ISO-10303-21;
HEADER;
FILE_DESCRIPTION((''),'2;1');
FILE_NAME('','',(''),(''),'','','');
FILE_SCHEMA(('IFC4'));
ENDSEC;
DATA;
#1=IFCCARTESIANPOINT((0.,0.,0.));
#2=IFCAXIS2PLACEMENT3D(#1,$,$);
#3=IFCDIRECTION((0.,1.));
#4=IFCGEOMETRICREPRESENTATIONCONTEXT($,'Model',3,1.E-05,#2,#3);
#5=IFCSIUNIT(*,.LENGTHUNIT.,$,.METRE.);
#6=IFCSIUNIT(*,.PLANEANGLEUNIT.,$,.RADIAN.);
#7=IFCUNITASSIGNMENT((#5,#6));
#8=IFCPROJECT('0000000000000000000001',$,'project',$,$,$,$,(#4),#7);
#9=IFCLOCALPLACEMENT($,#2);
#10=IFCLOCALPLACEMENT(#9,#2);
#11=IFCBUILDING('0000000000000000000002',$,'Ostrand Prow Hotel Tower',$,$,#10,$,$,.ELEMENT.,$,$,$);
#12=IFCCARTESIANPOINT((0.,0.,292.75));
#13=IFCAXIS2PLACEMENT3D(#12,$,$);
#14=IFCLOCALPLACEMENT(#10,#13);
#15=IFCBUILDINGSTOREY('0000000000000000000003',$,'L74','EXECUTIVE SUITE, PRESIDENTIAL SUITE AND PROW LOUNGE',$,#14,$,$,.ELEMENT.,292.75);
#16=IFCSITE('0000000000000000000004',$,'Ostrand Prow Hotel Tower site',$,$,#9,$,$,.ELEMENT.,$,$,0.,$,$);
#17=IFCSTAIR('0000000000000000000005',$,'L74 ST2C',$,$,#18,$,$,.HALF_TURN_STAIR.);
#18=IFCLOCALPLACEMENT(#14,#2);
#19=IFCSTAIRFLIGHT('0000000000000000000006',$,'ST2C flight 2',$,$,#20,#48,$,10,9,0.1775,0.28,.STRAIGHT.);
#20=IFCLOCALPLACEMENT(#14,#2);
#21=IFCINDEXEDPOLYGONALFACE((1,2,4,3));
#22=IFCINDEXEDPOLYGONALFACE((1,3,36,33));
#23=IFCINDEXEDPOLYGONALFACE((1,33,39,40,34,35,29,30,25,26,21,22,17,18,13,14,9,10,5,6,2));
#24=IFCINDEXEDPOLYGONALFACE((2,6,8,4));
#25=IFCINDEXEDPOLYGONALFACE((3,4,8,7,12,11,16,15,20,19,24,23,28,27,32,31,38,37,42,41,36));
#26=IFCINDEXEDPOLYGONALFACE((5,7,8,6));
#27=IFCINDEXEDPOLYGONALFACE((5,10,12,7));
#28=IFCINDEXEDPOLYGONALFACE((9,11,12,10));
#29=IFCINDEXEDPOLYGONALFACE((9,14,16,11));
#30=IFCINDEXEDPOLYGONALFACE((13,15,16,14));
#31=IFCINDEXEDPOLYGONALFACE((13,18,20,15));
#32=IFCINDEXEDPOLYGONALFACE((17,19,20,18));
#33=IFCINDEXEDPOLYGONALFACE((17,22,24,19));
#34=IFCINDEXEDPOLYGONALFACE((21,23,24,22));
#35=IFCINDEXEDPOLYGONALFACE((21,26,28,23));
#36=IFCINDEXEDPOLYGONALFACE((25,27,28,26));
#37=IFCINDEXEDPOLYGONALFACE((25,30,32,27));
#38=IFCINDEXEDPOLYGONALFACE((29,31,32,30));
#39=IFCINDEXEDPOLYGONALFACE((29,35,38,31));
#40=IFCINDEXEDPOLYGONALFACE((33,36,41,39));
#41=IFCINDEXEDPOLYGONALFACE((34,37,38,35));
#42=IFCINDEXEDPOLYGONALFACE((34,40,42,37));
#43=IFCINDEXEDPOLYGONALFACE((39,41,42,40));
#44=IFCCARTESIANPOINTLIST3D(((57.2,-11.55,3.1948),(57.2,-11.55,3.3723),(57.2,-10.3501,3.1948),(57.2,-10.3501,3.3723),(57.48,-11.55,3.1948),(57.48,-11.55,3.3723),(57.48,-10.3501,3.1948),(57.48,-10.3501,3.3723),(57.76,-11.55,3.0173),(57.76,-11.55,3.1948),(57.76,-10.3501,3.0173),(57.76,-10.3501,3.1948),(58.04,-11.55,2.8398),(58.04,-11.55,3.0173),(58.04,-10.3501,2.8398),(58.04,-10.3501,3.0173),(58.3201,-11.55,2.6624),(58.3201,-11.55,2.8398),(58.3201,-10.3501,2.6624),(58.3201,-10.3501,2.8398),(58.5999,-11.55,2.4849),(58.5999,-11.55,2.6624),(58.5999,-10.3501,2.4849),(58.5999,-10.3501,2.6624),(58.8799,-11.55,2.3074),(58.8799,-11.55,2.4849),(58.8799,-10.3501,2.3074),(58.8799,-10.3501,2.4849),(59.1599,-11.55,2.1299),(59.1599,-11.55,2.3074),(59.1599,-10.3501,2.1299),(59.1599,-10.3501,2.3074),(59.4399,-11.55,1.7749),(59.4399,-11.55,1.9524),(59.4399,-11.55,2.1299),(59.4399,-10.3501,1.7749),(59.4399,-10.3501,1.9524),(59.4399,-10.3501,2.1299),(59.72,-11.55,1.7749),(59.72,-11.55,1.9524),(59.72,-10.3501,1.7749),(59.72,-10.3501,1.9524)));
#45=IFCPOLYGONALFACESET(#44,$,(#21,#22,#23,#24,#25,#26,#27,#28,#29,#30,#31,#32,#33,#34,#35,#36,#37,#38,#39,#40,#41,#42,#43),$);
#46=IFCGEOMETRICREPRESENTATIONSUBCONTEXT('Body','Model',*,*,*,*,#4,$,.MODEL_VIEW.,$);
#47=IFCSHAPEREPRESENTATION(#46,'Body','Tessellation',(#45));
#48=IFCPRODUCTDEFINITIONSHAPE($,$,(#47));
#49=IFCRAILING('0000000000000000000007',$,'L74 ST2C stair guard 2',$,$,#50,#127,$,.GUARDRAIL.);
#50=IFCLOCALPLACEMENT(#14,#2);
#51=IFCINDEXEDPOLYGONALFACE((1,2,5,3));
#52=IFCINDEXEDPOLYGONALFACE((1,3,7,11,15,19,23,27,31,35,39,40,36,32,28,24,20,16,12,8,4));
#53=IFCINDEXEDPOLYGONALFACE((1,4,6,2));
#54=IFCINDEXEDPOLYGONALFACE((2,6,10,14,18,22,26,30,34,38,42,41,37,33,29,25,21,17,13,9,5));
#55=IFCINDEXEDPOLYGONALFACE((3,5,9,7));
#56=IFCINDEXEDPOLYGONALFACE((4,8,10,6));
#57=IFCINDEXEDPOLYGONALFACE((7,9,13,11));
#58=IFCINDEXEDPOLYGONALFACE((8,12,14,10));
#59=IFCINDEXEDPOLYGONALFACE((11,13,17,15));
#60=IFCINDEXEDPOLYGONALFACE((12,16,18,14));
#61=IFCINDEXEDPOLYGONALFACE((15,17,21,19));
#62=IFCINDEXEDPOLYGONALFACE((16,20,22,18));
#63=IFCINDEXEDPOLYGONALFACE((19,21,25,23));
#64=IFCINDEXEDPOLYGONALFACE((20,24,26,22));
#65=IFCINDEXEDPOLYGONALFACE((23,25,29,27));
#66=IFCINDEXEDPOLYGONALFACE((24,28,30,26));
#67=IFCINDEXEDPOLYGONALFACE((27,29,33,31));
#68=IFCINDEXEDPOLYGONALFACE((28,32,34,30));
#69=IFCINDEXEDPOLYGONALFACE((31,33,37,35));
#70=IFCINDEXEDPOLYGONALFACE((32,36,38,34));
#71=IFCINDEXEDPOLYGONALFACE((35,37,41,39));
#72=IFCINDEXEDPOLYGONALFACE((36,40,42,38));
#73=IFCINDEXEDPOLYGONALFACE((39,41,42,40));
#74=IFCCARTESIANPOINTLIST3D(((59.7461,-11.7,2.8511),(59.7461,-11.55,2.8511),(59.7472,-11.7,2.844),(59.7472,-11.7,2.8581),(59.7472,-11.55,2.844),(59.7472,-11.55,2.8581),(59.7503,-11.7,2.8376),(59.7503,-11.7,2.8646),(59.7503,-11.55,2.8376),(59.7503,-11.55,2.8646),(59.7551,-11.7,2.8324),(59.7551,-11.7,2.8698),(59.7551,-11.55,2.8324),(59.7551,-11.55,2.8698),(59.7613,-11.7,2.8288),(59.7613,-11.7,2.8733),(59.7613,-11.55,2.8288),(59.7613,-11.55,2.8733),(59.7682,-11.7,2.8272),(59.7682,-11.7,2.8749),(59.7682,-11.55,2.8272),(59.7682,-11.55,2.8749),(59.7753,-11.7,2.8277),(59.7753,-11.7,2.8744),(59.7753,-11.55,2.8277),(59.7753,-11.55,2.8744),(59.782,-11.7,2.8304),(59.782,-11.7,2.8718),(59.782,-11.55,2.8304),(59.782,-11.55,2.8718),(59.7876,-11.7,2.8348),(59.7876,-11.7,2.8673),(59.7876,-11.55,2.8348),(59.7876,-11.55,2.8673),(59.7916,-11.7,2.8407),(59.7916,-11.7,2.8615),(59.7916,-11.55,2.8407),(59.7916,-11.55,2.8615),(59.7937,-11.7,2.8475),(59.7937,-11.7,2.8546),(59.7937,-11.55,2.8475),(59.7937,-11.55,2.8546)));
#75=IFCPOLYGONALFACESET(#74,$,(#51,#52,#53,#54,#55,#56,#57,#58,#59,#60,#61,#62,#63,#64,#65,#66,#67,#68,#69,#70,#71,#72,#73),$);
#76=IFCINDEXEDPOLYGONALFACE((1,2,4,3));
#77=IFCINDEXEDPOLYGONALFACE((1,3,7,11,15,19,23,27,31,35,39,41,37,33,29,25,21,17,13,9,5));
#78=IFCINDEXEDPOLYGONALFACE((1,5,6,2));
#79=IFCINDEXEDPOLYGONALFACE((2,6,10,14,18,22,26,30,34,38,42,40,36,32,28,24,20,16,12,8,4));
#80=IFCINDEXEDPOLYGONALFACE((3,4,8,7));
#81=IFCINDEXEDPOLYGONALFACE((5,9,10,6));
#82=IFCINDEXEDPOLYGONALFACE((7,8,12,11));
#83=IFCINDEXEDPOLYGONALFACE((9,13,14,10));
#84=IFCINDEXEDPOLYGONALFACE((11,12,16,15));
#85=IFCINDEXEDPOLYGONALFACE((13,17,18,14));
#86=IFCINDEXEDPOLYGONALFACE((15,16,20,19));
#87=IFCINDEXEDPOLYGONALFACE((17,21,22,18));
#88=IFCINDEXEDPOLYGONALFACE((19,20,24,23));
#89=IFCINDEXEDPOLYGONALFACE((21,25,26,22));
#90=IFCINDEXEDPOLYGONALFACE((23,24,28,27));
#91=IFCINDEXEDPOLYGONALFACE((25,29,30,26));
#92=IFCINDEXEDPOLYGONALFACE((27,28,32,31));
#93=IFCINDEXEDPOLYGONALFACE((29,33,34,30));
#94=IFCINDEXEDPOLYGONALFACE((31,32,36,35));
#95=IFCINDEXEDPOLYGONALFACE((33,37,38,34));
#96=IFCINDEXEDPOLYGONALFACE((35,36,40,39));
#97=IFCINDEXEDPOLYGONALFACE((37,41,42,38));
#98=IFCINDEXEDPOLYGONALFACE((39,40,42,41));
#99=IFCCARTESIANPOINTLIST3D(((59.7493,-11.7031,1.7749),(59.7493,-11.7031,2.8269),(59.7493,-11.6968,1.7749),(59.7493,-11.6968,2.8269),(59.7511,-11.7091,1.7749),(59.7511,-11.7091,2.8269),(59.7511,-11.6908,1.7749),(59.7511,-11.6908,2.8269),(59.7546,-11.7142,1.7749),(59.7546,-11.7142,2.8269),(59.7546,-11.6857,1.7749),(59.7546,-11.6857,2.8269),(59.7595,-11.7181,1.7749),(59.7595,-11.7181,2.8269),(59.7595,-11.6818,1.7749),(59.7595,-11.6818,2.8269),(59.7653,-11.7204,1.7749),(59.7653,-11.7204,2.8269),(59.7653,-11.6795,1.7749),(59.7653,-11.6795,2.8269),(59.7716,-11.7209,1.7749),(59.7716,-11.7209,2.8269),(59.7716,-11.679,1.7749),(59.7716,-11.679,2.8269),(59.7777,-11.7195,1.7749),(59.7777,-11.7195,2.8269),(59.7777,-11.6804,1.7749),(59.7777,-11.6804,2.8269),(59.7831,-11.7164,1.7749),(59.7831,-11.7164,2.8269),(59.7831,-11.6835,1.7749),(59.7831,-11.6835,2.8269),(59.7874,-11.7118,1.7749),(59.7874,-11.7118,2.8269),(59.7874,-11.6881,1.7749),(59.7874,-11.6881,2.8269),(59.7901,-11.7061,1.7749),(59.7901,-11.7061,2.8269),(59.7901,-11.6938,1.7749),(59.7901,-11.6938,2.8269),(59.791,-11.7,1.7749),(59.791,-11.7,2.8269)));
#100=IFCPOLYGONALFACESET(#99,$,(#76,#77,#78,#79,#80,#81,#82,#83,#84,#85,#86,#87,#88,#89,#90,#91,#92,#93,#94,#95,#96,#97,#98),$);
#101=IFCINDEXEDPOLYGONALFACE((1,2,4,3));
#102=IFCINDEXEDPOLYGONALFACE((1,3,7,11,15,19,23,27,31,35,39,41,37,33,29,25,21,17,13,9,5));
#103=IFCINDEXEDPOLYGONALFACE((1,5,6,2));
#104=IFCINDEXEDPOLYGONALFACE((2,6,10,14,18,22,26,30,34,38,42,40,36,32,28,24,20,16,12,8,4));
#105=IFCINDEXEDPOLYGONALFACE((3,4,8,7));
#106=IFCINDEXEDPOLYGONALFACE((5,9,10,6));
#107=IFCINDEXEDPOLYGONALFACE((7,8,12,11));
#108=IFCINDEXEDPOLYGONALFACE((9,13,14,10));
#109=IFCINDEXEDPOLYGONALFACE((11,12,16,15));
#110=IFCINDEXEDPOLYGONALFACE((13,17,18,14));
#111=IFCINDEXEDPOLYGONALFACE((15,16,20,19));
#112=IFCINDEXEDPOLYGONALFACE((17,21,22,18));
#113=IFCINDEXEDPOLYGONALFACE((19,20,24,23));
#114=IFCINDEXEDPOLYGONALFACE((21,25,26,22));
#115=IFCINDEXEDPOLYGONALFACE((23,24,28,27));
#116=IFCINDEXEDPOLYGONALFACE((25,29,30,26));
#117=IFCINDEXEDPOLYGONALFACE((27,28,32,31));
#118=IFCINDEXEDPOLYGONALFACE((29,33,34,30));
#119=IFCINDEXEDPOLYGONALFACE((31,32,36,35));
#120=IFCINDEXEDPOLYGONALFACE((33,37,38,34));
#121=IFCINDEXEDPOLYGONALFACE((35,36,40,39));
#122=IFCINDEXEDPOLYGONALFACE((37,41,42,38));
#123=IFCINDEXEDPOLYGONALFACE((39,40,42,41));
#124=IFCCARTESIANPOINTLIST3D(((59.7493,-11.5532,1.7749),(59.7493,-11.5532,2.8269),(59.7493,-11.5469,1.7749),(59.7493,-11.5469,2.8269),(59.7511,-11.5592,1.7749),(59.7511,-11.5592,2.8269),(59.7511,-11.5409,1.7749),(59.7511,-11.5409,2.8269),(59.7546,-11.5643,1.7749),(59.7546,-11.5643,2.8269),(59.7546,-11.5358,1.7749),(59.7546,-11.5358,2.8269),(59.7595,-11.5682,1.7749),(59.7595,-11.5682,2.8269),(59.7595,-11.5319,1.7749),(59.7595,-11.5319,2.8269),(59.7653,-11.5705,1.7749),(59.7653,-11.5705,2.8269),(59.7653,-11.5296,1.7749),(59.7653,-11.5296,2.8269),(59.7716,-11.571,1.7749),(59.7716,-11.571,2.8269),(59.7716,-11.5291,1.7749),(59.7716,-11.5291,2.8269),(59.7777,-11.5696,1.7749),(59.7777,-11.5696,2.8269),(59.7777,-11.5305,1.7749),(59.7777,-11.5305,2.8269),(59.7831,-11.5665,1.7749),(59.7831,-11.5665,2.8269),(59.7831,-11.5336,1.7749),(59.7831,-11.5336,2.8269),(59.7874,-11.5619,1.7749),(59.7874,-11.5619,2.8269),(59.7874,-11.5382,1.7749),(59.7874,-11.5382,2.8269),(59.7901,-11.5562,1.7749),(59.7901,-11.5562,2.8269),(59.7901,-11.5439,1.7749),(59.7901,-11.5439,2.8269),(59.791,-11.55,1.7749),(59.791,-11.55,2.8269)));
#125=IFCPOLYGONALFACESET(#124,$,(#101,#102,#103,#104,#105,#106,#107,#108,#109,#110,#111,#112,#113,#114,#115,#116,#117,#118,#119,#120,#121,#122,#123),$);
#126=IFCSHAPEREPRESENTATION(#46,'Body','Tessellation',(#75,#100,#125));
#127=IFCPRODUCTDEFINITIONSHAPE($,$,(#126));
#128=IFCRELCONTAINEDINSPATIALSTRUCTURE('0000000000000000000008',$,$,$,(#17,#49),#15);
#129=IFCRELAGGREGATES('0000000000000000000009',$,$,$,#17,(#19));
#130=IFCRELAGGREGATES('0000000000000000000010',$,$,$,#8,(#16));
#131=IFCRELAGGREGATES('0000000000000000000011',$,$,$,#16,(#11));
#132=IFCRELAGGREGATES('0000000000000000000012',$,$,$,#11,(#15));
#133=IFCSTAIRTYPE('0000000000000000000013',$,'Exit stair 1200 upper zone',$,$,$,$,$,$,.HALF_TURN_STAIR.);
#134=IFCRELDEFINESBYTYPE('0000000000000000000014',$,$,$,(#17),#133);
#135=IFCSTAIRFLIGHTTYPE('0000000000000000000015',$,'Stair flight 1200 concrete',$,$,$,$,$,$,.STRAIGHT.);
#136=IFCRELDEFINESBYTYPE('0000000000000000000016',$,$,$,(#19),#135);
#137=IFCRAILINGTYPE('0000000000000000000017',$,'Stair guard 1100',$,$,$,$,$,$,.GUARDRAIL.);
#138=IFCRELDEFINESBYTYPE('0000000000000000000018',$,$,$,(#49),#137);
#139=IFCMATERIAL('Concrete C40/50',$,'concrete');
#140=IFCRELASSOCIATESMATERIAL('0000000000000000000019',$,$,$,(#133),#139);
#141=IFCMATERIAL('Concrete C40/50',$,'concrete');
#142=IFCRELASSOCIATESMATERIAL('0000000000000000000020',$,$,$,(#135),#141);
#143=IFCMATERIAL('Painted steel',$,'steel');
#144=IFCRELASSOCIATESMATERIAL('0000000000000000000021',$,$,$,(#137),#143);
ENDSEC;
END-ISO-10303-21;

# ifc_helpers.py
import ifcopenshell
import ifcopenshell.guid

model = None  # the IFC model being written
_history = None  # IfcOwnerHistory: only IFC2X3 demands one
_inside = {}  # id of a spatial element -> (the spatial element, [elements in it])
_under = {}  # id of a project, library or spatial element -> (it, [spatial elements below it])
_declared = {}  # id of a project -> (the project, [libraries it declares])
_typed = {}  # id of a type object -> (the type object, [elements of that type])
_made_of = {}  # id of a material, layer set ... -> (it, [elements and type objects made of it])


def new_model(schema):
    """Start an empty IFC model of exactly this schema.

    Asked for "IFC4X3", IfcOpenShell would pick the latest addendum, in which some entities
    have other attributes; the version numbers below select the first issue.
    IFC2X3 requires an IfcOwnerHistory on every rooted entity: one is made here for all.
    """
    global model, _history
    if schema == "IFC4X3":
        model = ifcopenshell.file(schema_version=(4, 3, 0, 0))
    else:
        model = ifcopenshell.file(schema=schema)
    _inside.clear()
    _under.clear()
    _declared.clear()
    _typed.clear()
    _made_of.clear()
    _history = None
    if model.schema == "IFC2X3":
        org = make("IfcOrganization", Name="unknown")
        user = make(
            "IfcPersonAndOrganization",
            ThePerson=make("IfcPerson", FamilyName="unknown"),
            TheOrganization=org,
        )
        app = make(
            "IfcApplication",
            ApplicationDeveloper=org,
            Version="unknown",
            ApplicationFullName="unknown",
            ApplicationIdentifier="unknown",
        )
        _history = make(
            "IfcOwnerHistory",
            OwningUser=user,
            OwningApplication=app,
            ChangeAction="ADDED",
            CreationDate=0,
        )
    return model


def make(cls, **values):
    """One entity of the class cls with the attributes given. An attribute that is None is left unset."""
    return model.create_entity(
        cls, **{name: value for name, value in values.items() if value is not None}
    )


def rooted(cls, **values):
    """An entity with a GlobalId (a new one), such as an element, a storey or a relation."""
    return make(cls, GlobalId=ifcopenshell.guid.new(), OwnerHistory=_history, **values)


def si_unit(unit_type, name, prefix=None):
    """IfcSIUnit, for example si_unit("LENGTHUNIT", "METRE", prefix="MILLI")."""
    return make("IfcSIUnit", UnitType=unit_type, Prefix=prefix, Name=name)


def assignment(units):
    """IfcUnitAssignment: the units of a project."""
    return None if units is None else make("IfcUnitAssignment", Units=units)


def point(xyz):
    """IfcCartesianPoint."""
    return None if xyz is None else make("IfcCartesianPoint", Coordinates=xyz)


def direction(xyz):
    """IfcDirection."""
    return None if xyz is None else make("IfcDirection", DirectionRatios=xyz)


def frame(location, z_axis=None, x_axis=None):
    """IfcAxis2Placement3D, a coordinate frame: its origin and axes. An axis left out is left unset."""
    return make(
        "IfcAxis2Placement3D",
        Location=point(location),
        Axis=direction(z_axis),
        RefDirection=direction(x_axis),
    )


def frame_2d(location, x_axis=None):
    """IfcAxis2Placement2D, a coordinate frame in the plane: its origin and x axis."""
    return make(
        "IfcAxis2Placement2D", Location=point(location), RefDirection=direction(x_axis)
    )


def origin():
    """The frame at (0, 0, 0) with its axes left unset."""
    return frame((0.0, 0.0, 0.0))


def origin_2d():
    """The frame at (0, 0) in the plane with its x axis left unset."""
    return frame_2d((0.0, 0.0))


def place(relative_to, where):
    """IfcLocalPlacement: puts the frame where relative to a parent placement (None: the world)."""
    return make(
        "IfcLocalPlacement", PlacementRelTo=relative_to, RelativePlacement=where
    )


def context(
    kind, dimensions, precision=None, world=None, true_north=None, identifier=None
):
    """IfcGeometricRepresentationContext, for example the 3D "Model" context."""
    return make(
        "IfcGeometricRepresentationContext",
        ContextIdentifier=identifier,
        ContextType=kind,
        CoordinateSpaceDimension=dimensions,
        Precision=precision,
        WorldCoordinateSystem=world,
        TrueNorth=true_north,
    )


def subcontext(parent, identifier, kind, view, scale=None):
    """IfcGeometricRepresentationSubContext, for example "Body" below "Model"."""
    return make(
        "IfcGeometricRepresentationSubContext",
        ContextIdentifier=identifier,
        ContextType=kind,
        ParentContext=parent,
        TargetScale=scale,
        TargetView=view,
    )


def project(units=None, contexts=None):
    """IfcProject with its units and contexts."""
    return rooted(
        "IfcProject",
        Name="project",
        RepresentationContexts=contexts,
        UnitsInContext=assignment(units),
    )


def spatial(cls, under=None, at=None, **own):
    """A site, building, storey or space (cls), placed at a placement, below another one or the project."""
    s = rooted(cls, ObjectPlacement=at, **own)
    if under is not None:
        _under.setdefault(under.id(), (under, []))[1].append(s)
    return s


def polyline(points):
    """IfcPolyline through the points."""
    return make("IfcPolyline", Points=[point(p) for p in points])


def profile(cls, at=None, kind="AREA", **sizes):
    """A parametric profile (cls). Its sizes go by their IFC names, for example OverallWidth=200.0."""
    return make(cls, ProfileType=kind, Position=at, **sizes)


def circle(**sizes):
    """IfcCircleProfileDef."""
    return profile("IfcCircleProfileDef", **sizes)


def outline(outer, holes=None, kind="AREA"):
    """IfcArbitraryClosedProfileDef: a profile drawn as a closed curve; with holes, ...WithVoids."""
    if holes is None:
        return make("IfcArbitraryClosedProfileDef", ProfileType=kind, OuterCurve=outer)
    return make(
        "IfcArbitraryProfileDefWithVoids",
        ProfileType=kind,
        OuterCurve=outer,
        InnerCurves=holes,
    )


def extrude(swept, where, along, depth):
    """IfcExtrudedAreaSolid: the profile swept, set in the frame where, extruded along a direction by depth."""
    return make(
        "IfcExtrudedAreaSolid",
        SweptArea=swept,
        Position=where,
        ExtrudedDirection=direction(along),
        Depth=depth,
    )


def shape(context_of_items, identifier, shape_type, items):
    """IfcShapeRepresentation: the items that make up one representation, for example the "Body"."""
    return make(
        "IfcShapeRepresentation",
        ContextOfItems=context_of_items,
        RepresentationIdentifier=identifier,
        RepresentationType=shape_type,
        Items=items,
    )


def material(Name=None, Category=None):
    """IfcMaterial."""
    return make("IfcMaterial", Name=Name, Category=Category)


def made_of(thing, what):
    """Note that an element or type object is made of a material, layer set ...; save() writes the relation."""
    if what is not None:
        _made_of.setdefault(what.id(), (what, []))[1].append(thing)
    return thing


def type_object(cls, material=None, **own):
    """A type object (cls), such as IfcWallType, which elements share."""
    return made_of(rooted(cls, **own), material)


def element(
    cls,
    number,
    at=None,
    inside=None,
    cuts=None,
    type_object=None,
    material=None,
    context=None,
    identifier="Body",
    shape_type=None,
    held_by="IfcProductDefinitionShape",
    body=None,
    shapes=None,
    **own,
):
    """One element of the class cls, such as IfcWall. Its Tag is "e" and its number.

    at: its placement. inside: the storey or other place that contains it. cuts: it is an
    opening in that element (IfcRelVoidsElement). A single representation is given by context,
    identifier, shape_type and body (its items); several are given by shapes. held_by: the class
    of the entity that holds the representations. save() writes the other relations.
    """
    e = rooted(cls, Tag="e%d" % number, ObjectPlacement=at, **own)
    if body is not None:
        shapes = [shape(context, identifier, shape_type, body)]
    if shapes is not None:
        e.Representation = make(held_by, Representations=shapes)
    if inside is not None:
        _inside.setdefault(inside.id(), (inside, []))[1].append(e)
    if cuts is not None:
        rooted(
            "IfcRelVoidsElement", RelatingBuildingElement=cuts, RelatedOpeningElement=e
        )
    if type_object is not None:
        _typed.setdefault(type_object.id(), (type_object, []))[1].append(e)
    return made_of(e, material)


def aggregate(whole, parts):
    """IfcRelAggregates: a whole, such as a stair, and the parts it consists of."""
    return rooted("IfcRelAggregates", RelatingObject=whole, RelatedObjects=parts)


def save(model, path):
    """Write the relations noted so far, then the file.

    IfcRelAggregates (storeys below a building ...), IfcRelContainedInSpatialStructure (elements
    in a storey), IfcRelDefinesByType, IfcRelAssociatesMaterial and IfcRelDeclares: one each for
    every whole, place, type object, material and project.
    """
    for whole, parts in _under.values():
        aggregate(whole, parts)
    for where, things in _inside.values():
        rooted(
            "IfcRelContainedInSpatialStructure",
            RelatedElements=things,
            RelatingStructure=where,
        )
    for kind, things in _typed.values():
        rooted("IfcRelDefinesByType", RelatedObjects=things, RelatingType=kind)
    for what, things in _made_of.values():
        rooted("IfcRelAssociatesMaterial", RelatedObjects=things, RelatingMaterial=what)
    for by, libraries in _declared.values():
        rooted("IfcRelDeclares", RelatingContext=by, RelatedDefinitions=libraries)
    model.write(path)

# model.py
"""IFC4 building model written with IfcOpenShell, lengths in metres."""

from ifc_helpers import new_model, si_unit, direction, frame, origin, origin_2d, place, context, subcontext, project, spatial, polyline, circle, outline, extrude, material, type_object, element, aggregate, save


model = new_model("IFC4")

# Units and contexts
model_context = context("Model", 3, precision=1e-05, world=origin(), true_north=direction((0.0, 1.0)))
body_context = subcontext(model_context, "Body", "Model", "MODEL_VIEW")
ifc_project = project(units=[si_unit("LENGTHUNIT", "METRE"), si_unit("PLANEANGLEUNIT", "RADIAN")], contexts=[model_context])

# Site, building, storey
site_placement = place(None, origin())
site = spatial("IfcSite", under=ifc_project, at=site_placement, Name="Ostrand Prow Hotel Tower site", CompositionType="ELEMENT", RefElevation=0.0)
building_placement = place(site_placement, origin())
building = spatial("IfcBuilding", under=site, at=building_placement, Name="Ostrand Prow Hotel Tower", CompositionType="ELEMENT")
storey_placement = place(building_placement, frame((0.0, 0.0, 292.75)))
storey = spatial("IfcBuildingStorey", under=building, at=storey_placement, Name="L74", Description="EXECUTIVE SUITE, PRESIDENTIAL SUITE AND PROW LOUNGE", CompositionType="ELEMENT", Elevation=292.75)

# Stair, stair flight
ifc_material_1 = material(Name="Concrete C40/50", Category="concrete")
stair_type = type_object("IfcStairType", Name="Exit stair 1200 upper zone", PredefinedType="HALF_TURN_STAIR", material=ifc_material_1)
stair_placement = place(storey_placement, origin())
stair = element("IfcStair", 1, at=stair_placement, inside=storey, type_object=stair_type, Name="L74 ST2C", PredefinedType="HALF_TURN_STAIR")
ifc_material_2 = material(Name="Concrete C40/50", Category="concrete")
stair_flight_type = type_object("IfcStairFlightType", Name="Stair flight 1200 concrete", PredefinedType="STRAIGHT", material=ifc_material_2)
stair_flight_placement = place(storey_placement, frame((59.72, -10.95, 1.7749), z_axis=(0.0, 0.0, 1.0), x_axis=(-1.0, 0.0, 0.0)))
stair_flight = element("IfcStairFlight", 2, at=stair_flight_placement, type_object=stair_flight_type, Name="ST2C flight 2", NumberOfRisers=10, NumberOfTreads=9, PredefinedType="STRAIGHT", RiserHeight=0.1775, TreadLength=0.28, context=body_context, shape_type="SweptSolid", body=[
    extrude(outline(polyline([(0.0, 0.0), (0.0, 0.1775), (0.28, 0.1775), (0.28, 0.355), (0.5601, 0.355), (0.5601, 0.5325), (0.8401, 0.5325), (0.8401, 0.71), (1.1201, 0.71), (1.1201, 0.8875), (1.3999, 0.8875), (1.3999, 1.0649), (1.6799, 1.0649), (1.6799, 1.2424), (1.96, 1.2424), (1.96, 1.4199), (2.24, 1.4199), (2.24, 1.5974), (2.52, 1.5974), (2.52, 1.7749), (2.52, 1.4199), (0.28, 0.0), (0.0, 0.0)])), frame((0.0, 0.6001, 0.0), z_axis=(0.0, -1.0, 0.0), x_axis=(1.0, 0.0, 0.0)), (0.0, 0.0, 1.0), 1.2),
])
aggregate(stair, [stair_flight])

# Railing
ifc_material_3 = material(Name="Painted steel", Category="steel")
railing_type_1 = type_object("IfcRailingType", Name="Stair guard 1100", PredefinedType="GUARDRAIL", material=ifc_material_3)
railing_1_placement = place(storey_placement, frame((59.77, -11.7, 1.7749)))
element("IfcRailing", 3, at=railing_1_placement, inside=storey, type_object=railing_type_1, Name="L74 ST2C stair guard 2", PredefinedType="GUARDRAIL", context=body_context, shape_type="SweptSolid", body=[
    extrude(circle(Radius=0.0239, at=origin_2d()), frame((0.0, 0.0, 1.0762), z_axis=(0.0, 1.0, 0.0), x_axis=(-1.0, 0.0, 0.0)), (0.0, 0.0, 1.0), 0.1499),
    extrude(circle(Radius=0.021, at=origin_2d()), origin(), (0.0, 0.0, 1.0), 1.052),
    extrude(circle(Radius=0.021, at=origin_2d()), frame((0.0, 0.1499, 0.0)), (0.0, 0.0, 1.0), 1.052),
])

save(model, "model.ifc")
